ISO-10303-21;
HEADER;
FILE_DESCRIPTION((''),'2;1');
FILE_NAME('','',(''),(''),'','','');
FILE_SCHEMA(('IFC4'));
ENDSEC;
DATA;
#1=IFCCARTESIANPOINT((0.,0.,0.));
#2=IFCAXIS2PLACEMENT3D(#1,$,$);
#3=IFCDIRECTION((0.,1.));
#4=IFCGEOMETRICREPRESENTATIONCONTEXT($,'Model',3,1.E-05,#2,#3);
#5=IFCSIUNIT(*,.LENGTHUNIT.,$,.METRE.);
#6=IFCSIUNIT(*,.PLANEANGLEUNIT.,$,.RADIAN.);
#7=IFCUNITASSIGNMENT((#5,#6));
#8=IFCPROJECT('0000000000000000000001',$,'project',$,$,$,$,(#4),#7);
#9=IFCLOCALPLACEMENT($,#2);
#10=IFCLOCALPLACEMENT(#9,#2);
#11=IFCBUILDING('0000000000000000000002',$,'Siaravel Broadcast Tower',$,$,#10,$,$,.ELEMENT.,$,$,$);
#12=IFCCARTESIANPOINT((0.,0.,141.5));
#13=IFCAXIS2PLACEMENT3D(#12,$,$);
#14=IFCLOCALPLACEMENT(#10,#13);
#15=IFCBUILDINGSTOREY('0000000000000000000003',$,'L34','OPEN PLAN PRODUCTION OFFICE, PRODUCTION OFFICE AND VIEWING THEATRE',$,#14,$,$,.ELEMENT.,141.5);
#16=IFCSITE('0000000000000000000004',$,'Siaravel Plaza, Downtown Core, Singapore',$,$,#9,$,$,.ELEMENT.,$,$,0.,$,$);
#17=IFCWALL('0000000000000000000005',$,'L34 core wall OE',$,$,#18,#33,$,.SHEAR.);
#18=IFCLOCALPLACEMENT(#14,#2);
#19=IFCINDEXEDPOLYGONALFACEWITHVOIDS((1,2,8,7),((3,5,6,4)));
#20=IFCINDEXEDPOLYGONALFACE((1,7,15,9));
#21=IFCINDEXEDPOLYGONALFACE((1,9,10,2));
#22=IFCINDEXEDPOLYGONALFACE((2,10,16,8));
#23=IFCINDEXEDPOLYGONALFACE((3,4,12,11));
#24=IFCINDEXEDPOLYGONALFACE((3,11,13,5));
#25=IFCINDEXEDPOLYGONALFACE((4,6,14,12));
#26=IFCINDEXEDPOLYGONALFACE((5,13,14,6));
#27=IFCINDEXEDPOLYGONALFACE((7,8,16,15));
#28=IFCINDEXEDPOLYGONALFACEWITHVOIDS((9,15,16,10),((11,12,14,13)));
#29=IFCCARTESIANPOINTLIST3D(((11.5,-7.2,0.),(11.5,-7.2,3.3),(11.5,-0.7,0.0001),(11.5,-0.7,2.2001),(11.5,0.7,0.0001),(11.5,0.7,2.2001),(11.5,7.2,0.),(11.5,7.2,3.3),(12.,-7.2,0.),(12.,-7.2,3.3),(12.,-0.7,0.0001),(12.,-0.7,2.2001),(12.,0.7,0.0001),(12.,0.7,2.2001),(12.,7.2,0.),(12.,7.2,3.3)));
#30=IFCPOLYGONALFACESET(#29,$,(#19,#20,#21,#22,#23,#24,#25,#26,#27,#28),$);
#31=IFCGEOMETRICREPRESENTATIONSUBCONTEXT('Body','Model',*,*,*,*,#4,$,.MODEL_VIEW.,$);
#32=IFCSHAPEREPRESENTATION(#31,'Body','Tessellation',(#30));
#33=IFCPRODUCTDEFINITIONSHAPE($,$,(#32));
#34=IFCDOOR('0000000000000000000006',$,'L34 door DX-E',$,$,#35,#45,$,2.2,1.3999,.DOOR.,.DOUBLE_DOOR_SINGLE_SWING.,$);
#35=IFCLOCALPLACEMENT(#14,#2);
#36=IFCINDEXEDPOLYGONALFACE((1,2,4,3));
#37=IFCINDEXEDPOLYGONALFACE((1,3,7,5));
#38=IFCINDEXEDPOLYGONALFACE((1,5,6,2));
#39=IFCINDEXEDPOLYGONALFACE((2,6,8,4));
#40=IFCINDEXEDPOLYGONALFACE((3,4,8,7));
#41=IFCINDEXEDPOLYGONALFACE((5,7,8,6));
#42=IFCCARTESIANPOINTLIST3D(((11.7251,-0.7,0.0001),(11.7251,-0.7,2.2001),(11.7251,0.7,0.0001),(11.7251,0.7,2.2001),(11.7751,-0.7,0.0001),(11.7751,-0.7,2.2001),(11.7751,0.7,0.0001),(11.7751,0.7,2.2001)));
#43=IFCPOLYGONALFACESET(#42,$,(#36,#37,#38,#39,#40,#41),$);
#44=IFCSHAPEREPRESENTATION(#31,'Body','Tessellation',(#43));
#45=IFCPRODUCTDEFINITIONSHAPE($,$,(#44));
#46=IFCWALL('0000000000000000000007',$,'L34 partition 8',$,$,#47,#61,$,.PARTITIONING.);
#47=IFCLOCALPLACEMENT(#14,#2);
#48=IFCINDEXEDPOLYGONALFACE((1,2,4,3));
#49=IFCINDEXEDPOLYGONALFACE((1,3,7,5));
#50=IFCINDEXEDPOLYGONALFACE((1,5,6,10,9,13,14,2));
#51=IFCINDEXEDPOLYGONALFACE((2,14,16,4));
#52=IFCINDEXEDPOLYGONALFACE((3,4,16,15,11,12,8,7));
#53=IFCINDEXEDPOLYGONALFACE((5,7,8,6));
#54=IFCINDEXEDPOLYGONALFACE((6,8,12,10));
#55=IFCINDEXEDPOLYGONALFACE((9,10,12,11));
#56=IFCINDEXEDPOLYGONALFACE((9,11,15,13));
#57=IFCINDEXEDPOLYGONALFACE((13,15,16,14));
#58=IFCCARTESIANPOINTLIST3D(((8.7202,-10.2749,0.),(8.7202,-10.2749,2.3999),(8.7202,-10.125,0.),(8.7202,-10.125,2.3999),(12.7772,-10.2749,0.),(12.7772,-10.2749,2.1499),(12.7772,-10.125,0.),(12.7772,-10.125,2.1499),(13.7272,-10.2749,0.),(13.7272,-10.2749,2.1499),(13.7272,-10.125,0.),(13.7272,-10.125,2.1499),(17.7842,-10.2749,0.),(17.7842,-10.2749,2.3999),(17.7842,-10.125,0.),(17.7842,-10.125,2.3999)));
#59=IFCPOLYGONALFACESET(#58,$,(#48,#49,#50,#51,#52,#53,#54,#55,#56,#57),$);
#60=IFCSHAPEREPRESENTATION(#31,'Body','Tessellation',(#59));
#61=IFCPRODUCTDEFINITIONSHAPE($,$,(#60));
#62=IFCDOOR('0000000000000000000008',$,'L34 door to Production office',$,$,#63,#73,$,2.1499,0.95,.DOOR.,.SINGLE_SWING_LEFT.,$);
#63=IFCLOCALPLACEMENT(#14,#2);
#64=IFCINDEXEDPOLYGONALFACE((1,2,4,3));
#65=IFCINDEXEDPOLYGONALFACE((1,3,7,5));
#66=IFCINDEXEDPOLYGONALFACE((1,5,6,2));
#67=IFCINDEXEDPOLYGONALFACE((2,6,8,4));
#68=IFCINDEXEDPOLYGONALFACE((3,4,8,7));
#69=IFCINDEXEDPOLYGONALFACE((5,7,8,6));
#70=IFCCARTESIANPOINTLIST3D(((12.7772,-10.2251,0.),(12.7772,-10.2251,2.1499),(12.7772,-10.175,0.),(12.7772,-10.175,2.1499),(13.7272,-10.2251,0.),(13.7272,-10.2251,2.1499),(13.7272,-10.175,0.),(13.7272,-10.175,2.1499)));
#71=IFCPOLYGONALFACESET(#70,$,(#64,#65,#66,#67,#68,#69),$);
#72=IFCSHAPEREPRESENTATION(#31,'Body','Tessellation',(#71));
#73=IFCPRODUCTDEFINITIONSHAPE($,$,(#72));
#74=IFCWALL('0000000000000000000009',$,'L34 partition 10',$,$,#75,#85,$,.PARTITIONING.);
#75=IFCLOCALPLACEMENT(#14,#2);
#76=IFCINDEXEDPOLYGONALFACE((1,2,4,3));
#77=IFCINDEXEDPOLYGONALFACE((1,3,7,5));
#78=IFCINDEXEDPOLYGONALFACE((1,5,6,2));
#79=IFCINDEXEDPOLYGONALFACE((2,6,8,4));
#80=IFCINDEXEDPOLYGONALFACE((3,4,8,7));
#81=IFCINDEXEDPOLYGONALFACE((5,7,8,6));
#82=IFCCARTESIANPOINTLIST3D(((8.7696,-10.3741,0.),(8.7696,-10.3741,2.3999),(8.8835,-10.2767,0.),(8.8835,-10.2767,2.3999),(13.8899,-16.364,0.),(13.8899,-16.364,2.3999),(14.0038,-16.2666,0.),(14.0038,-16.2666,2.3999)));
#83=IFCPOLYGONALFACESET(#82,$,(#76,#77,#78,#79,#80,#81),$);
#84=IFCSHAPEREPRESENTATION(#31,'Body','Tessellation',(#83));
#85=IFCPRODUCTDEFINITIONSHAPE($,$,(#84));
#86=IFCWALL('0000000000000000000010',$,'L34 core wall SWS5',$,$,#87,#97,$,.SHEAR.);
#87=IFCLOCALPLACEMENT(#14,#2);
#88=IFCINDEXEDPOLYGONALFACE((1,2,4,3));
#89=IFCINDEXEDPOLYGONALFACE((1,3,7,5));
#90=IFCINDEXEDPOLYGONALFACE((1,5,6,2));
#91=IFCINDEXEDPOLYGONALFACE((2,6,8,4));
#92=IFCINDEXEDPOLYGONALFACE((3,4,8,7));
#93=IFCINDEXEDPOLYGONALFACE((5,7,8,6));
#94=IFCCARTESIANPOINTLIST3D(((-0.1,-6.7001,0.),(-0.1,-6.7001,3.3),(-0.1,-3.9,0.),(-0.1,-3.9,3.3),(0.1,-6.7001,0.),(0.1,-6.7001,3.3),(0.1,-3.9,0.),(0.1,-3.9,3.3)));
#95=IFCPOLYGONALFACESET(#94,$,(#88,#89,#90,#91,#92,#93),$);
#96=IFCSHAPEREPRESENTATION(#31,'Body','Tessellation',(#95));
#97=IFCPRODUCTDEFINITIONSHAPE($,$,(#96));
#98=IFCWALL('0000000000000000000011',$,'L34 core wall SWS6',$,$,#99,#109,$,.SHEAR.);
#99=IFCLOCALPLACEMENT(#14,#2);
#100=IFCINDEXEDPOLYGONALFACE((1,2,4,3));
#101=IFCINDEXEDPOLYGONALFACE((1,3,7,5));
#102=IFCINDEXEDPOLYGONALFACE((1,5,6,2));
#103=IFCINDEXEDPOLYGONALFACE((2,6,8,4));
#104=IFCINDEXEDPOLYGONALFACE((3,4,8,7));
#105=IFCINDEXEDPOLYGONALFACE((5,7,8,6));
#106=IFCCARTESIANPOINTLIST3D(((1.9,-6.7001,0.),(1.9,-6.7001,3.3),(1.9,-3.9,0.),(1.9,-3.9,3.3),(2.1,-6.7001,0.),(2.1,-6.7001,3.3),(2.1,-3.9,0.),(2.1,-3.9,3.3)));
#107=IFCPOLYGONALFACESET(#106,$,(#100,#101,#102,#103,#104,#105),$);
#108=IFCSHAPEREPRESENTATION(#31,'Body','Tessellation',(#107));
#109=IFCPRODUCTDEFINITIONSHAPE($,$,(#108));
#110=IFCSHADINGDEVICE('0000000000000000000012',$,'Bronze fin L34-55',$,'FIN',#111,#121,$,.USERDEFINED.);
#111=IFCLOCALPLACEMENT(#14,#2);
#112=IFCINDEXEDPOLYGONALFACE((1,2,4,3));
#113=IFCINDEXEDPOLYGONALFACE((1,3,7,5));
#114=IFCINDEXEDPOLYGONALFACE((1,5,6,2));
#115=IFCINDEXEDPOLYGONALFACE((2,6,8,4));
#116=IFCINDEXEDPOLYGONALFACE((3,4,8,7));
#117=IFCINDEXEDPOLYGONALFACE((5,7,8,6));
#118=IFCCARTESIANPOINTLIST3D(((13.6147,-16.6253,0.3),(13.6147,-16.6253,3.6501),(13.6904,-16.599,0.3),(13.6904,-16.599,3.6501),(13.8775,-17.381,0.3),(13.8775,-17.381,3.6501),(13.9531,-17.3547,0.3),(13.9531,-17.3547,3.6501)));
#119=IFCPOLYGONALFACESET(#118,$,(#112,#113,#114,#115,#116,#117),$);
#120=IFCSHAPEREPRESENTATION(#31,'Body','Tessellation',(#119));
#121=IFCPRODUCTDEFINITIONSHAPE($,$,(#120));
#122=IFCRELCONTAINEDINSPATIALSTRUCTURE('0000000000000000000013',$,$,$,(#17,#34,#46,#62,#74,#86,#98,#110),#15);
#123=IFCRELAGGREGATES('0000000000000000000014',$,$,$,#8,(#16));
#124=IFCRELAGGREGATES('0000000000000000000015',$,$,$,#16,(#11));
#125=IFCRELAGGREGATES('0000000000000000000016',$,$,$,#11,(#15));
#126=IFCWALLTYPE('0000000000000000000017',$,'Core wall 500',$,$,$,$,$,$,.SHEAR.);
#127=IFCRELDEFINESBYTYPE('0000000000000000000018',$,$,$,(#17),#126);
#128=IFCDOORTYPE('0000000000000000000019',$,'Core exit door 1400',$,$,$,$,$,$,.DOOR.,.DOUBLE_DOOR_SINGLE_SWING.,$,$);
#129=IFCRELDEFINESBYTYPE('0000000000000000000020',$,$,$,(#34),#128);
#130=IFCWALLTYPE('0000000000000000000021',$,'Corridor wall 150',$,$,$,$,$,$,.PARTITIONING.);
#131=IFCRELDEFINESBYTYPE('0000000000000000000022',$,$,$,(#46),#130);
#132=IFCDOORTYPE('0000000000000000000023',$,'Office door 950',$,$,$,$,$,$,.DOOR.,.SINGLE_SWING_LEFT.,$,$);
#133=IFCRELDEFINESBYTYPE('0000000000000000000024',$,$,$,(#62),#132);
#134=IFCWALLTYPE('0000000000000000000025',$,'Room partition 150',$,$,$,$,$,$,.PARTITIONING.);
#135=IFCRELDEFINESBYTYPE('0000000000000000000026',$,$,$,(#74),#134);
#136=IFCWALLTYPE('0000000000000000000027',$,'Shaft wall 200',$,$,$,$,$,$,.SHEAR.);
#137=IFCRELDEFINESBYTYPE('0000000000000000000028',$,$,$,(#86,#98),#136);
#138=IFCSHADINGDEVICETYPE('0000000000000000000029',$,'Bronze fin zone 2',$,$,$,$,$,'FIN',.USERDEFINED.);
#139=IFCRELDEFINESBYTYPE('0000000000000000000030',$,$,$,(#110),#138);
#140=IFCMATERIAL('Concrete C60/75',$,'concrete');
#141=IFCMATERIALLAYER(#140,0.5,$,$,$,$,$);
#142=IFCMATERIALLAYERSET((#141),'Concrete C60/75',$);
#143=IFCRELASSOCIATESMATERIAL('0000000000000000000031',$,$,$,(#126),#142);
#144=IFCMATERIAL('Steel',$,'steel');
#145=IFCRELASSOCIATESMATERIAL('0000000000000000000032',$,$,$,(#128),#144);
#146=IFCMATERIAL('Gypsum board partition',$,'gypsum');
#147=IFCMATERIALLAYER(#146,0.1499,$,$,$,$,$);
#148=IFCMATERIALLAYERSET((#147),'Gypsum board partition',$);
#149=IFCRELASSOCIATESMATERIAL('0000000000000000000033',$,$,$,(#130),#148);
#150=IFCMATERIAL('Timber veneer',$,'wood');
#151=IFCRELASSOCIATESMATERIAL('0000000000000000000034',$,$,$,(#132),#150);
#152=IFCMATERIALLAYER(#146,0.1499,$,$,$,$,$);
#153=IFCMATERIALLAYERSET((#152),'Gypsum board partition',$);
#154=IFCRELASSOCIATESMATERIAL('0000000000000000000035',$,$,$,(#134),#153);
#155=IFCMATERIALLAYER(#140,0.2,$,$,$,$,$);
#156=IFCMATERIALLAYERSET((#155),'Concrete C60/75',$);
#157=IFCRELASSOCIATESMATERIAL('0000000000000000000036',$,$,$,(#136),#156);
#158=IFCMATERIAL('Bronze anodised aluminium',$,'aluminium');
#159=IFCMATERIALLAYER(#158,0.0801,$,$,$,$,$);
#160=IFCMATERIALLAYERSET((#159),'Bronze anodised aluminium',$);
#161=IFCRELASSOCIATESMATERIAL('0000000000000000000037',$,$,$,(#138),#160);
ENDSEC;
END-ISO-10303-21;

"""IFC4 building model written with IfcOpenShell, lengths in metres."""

from ifc_helpers import new_model, si_unit, direction, frame, frame_2d, origin, origin_2d, place, context, subcontext, project, spatial, rectangle, extrude, material, layer, layer_set, type_object, element, fill, save


model = new_model("IFC4")

# Units and contexts
model_context = context("Model", 3, precision=1e-05, world=origin(), true_north=direction((0.0, 1.0)))
body_context = subcontext(model_context, "Body", "Model", "MODEL_VIEW")
ifc_project = project(units=[si_unit("LENGTHUNIT", "METRE"), si_unit("PLANEANGLEUNIT", "RADIAN")], contexts=[model_context])

# Site, building, storey
site_placement = place(None, origin())
site = spatial("IfcSite", under=ifc_project, at=site_placement, Name="Siaravel Plaza, Downtown Core, Singapore", CompositionType="ELEMENT", RefElevation=0.0)
building_placement = place(site_placement, origin())
building = spatial("IfcBuilding", under=site, at=building_placement, Name="Siaravel Broadcast Tower", CompositionType="ELEMENT")
storey_placement = place(building_placement, frame((0.0, 0.0, 141.5)))
storey = spatial("IfcBuildingStorey", under=building, at=storey_placement, Name="L34", Description="OPEN PLAN PRODUCTION OFFICE, PRODUCTION OFFICE AND VIEWING THEATRE", CompositionType="ELEMENT", Elevation=141.5)

# Shared definitions
ifc_material_1 = material(Name="Concrete C60/75", Category="concrete")

# Walls, openings, doors
ifc_layer_1 = layer(ifc_material_1, 0.5)
ifc_layer_set_1 = layer_set([ifc_layer_1], Name="Concrete C60/75")
wall_type_1 = type_object("IfcWallType", Name="Core wall 500", PredefinedType="SHEAR", material=ifc_layer_set_1)
wall_1_placement = place(storey_placement, frame((11.75, -7.2, 0.0), z_axis=(0.0, 0.0, 1.0), x_axis=(0.0, 1.0, 0.0)))
wall_1 = element("IfcWall", 1, at=wall_1_placement, inside=storey, type_object=wall_type_1, Name="L34 core wall OE", PredefinedType="SHEAR", context=body_context, shape_type="SweptSolid", body=[
    extrude(rectangle(XDim=14.3999, YDim=0.5, at=frame_2d((7.2, 0.0))), origin(), (0.0, 0.0, 1.0), 3.3),
])
opening_1_placement = place(wall_1_placement, frame((6.5, 0.0, 0.0)))
opening_1 = element("IfcOpeningElement", 2, at=opening_1_placement, cuts=wall_1, PredefinedType="OPENING", context=body_context, shape_type="SweptSolid", body=[
    extrude(rectangle(XDim=1.3999, YDim=2.2, at=frame_2d((0.7, 1.1001))), frame((0.0, 0.26, 0.0), z_axis=(0.0, -1.0, 0.0), x_axis=(1.0, 0.0, 0.0)), (0.0, 0.0, 1.0), 0.52),
])
ifc_material_2 = material(Name="Steel", Category="steel")
door_type_1 = type_object("IfcDoorType", Name="Core exit door 1400", OperationType="DOUBLE_DOOR_SINGLE_SWING", PredefinedType="DOOR", material=ifc_material_2)
door_1_placement = place(opening_1_placement, origin())
door_1 = element("IfcDoor", 3, at=door_1_placement, inside=storey, type_object=door_type_1, Name="L34 door DX-E", OperationType="DOUBLE_DOOR_SINGLE_SWING", OverallHeight=2.2, OverallWidth=1.3999, PredefinedType="DOOR", context=body_context, shape_type="SweptSolid", body=[
    extrude(rectangle(XDim=1.3999, YDim=2.2, at=frame_2d((0.7, 1.1001))), frame((0.0, 0.0249, 0.0), z_axis=(0.0, -1.0, 0.0), x_axis=(1.0, 0.0, 0.0)), (0.0, 0.0, 1.0), 0.05),
])
fill(opening_1, door_1)
ifc_material_3 = material(Name="Gypsum board partition", Category="gypsum")
ifc_layer_2 = layer(ifc_material_3, 0.1499)
ifc_layer_set_2 = layer_set([ifc_layer_2], Name="Gypsum board partition")
wall_type_2 = type_object("IfcWallType", Name="Corridor wall 150", PredefinedType="PARTITIONING", material=ifc_layer_set_2)
wall_2_placement = place(storey_placement, frame((8.7202, -10.2, 0.0), z_axis=(0.0, 0.0, 1.0), x_axis=(1.0, 0.0, 0.0)))
wall_2 = element("IfcWall", 4, at=wall_2_placement, inside=storey, type_object=wall_type_2, Name="L34 partition 8", PredefinedType="PARTITIONING", context=body_context, shape_type="SweptSolid", body=[
    extrude(rectangle(XDim=9.064, YDim=0.1499, at=frame_2d((4.532, 0.0))), origin(), (0.0, 0.0, 1.0), 2.3999),
])
opening_2_placement = place(wall_2_placement, frame((4.0569, 0.0, 0.0)))
opening_2 = element("IfcOpeningElement", 5, at=opening_2_placement, cuts=wall_2, PredefinedType="OPENING", context=body_context, shape_type="SweptSolid", body=[
    extrude(rectangle(XDim=0.95, YDim=2.1499, at=frame_2d((0.4751, 1.075))), frame((0.0, 0.085, 0.0), z_axis=(0.0, -1.0, 0.0), x_axis=(1.0, 0.0, 0.0)), (0.0, 0.0, 1.0), 0.1699),
])
ifc_material_4 = material(Name="Timber veneer", Category="wood")
door_type_2 = type_object("IfcDoorType", Name="Office door 950", OperationType="SINGLE_SWING_LEFT", PredefinedType="DOOR", material=ifc_material_4)
door_2_placement = place(opening_2_placement, origin())
door_2 = element("IfcDoor", 6, at=door_2_placement, inside=storey, type_object=door_type_2, Name="L34 door to Production office", OperationType="SINGLE_SWING_LEFT", OverallHeight=2.1499, OverallWidth=0.95, PredefinedType="DOOR", context=body_context, shape_type="SweptSolid", body=[
    extrude(rectangle(XDim=0.95, YDim=2.1499, at=frame_2d((0.4751, 1.075))), frame((0.0, 0.0249, 0.0), z_axis=(0.0, -1.0, 0.0), x_axis=(1.0, 0.0, 0.0)), (0.0, 0.0, 1.0), 0.05),
])
fill(opening_2, door_2)

# Walls
ifc_layer_3 = layer(ifc_material_3, 0.1499)
ifc_layer_set_3 = layer_set([ifc_layer_3], Name="Gypsum board partition")
wall_type_3 = type_object("IfcWallType", Name="Room partition 150", PredefinedType="PARTITIONING", material=ifc_layer_set_3)
wall_3_placement = place(storey_placement, frame((13.9468, -16.3152, 0.0), z_axis=(0.0, 0.0, 1.0), x_axis=(-0.649773, 0.760129, 0.0)))
element("IfcWall", 7, at=wall_3_placement, inside=storey, type_object=wall_type_3, Name="L34 partition 10", PredefinedType="PARTITIONING", context=body_context, shape_type="SweptSolid", body=[
    extrude(rectangle(XDim=7.8801, YDim=0.1499, at=frame_2d((3.9399, 0.0))), origin(), (0.0, 0.0, 1.0), 2.3999),
])
ifc_layer_4 = layer(ifc_material_1, 0.2)
ifc_layer_set_4 = layer_set([ifc_layer_4], Name="Concrete C60/75")
wall_type_4 = type_object("IfcWallType", Name="Shaft wall 200", PredefinedType="SHEAR", material=ifc_layer_set_4)
for number, where, z_axis, x_axis, name in (
    (8, (0.0, -6.7, 0.0), (0.0, 0.0, 1.0), (0.0, 1.0, 0.0), "L34 core wall SWS5"),
    (9, (2.0, -6.7, 0.0), (0.0, 0.0, 1.0), (0.0, 1.0, 0.0), "L34 core wall SWS6"),
):
    element("IfcWall", number, at=place(storey_placement, frame(where, z_axis=z_axis, x_axis=x_axis)), inside=storey, type_object=wall_type_4, Name=name, PredefinedType="SHEAR", context=body_context, shape_type="SweptSolid", body=[
        extrude(rectangle(XDim=2.8, YDim=0.2, at=frame_2d((1.3999, 0.0))), origin(), (0.0, 0.0, 1.0), 3.3),
    ])

# Shading device
ifc_material_5 = material(Name="Bronze anodised aluminium", Category="aluminium")
ifc_layer_5 = layer(ifc_material_5, 0.0801)
ifc_layer_set_5 = layer_set([ifc_layer_5], Name="Bronze anodised aluminium")
shading_device_type = type_object("IfcShadingDeviceType", Name="Bronze fin zone 2", ElementType="FIN", PredefinedType="USERDEFINED", material=ifc_layer_set_5)
shading_device_placement = place(storey_placement, frame((13.7839, -16.99, 0.3), z_axis=(0.0, 0.0, 1.0), x_axis=(0.32845, -0.944521, 0.0)))
element("IfcShadingDevice", 10, at=shading_device_placement, inside=storey, type_object=shading_device_type, Name="Bronze fin L34-55", ObjectType="FIN", PredefinedType="USERDEFINED", context=body_context, shape_type="SweptSolid", body=[
    extrude(rectangle(XDim=0.8, YDim=0.0801, at=origin_2d()), origin(), (0.0, 0.0, 1.0), 3.3501),
])

save(model, "model.ifc")
